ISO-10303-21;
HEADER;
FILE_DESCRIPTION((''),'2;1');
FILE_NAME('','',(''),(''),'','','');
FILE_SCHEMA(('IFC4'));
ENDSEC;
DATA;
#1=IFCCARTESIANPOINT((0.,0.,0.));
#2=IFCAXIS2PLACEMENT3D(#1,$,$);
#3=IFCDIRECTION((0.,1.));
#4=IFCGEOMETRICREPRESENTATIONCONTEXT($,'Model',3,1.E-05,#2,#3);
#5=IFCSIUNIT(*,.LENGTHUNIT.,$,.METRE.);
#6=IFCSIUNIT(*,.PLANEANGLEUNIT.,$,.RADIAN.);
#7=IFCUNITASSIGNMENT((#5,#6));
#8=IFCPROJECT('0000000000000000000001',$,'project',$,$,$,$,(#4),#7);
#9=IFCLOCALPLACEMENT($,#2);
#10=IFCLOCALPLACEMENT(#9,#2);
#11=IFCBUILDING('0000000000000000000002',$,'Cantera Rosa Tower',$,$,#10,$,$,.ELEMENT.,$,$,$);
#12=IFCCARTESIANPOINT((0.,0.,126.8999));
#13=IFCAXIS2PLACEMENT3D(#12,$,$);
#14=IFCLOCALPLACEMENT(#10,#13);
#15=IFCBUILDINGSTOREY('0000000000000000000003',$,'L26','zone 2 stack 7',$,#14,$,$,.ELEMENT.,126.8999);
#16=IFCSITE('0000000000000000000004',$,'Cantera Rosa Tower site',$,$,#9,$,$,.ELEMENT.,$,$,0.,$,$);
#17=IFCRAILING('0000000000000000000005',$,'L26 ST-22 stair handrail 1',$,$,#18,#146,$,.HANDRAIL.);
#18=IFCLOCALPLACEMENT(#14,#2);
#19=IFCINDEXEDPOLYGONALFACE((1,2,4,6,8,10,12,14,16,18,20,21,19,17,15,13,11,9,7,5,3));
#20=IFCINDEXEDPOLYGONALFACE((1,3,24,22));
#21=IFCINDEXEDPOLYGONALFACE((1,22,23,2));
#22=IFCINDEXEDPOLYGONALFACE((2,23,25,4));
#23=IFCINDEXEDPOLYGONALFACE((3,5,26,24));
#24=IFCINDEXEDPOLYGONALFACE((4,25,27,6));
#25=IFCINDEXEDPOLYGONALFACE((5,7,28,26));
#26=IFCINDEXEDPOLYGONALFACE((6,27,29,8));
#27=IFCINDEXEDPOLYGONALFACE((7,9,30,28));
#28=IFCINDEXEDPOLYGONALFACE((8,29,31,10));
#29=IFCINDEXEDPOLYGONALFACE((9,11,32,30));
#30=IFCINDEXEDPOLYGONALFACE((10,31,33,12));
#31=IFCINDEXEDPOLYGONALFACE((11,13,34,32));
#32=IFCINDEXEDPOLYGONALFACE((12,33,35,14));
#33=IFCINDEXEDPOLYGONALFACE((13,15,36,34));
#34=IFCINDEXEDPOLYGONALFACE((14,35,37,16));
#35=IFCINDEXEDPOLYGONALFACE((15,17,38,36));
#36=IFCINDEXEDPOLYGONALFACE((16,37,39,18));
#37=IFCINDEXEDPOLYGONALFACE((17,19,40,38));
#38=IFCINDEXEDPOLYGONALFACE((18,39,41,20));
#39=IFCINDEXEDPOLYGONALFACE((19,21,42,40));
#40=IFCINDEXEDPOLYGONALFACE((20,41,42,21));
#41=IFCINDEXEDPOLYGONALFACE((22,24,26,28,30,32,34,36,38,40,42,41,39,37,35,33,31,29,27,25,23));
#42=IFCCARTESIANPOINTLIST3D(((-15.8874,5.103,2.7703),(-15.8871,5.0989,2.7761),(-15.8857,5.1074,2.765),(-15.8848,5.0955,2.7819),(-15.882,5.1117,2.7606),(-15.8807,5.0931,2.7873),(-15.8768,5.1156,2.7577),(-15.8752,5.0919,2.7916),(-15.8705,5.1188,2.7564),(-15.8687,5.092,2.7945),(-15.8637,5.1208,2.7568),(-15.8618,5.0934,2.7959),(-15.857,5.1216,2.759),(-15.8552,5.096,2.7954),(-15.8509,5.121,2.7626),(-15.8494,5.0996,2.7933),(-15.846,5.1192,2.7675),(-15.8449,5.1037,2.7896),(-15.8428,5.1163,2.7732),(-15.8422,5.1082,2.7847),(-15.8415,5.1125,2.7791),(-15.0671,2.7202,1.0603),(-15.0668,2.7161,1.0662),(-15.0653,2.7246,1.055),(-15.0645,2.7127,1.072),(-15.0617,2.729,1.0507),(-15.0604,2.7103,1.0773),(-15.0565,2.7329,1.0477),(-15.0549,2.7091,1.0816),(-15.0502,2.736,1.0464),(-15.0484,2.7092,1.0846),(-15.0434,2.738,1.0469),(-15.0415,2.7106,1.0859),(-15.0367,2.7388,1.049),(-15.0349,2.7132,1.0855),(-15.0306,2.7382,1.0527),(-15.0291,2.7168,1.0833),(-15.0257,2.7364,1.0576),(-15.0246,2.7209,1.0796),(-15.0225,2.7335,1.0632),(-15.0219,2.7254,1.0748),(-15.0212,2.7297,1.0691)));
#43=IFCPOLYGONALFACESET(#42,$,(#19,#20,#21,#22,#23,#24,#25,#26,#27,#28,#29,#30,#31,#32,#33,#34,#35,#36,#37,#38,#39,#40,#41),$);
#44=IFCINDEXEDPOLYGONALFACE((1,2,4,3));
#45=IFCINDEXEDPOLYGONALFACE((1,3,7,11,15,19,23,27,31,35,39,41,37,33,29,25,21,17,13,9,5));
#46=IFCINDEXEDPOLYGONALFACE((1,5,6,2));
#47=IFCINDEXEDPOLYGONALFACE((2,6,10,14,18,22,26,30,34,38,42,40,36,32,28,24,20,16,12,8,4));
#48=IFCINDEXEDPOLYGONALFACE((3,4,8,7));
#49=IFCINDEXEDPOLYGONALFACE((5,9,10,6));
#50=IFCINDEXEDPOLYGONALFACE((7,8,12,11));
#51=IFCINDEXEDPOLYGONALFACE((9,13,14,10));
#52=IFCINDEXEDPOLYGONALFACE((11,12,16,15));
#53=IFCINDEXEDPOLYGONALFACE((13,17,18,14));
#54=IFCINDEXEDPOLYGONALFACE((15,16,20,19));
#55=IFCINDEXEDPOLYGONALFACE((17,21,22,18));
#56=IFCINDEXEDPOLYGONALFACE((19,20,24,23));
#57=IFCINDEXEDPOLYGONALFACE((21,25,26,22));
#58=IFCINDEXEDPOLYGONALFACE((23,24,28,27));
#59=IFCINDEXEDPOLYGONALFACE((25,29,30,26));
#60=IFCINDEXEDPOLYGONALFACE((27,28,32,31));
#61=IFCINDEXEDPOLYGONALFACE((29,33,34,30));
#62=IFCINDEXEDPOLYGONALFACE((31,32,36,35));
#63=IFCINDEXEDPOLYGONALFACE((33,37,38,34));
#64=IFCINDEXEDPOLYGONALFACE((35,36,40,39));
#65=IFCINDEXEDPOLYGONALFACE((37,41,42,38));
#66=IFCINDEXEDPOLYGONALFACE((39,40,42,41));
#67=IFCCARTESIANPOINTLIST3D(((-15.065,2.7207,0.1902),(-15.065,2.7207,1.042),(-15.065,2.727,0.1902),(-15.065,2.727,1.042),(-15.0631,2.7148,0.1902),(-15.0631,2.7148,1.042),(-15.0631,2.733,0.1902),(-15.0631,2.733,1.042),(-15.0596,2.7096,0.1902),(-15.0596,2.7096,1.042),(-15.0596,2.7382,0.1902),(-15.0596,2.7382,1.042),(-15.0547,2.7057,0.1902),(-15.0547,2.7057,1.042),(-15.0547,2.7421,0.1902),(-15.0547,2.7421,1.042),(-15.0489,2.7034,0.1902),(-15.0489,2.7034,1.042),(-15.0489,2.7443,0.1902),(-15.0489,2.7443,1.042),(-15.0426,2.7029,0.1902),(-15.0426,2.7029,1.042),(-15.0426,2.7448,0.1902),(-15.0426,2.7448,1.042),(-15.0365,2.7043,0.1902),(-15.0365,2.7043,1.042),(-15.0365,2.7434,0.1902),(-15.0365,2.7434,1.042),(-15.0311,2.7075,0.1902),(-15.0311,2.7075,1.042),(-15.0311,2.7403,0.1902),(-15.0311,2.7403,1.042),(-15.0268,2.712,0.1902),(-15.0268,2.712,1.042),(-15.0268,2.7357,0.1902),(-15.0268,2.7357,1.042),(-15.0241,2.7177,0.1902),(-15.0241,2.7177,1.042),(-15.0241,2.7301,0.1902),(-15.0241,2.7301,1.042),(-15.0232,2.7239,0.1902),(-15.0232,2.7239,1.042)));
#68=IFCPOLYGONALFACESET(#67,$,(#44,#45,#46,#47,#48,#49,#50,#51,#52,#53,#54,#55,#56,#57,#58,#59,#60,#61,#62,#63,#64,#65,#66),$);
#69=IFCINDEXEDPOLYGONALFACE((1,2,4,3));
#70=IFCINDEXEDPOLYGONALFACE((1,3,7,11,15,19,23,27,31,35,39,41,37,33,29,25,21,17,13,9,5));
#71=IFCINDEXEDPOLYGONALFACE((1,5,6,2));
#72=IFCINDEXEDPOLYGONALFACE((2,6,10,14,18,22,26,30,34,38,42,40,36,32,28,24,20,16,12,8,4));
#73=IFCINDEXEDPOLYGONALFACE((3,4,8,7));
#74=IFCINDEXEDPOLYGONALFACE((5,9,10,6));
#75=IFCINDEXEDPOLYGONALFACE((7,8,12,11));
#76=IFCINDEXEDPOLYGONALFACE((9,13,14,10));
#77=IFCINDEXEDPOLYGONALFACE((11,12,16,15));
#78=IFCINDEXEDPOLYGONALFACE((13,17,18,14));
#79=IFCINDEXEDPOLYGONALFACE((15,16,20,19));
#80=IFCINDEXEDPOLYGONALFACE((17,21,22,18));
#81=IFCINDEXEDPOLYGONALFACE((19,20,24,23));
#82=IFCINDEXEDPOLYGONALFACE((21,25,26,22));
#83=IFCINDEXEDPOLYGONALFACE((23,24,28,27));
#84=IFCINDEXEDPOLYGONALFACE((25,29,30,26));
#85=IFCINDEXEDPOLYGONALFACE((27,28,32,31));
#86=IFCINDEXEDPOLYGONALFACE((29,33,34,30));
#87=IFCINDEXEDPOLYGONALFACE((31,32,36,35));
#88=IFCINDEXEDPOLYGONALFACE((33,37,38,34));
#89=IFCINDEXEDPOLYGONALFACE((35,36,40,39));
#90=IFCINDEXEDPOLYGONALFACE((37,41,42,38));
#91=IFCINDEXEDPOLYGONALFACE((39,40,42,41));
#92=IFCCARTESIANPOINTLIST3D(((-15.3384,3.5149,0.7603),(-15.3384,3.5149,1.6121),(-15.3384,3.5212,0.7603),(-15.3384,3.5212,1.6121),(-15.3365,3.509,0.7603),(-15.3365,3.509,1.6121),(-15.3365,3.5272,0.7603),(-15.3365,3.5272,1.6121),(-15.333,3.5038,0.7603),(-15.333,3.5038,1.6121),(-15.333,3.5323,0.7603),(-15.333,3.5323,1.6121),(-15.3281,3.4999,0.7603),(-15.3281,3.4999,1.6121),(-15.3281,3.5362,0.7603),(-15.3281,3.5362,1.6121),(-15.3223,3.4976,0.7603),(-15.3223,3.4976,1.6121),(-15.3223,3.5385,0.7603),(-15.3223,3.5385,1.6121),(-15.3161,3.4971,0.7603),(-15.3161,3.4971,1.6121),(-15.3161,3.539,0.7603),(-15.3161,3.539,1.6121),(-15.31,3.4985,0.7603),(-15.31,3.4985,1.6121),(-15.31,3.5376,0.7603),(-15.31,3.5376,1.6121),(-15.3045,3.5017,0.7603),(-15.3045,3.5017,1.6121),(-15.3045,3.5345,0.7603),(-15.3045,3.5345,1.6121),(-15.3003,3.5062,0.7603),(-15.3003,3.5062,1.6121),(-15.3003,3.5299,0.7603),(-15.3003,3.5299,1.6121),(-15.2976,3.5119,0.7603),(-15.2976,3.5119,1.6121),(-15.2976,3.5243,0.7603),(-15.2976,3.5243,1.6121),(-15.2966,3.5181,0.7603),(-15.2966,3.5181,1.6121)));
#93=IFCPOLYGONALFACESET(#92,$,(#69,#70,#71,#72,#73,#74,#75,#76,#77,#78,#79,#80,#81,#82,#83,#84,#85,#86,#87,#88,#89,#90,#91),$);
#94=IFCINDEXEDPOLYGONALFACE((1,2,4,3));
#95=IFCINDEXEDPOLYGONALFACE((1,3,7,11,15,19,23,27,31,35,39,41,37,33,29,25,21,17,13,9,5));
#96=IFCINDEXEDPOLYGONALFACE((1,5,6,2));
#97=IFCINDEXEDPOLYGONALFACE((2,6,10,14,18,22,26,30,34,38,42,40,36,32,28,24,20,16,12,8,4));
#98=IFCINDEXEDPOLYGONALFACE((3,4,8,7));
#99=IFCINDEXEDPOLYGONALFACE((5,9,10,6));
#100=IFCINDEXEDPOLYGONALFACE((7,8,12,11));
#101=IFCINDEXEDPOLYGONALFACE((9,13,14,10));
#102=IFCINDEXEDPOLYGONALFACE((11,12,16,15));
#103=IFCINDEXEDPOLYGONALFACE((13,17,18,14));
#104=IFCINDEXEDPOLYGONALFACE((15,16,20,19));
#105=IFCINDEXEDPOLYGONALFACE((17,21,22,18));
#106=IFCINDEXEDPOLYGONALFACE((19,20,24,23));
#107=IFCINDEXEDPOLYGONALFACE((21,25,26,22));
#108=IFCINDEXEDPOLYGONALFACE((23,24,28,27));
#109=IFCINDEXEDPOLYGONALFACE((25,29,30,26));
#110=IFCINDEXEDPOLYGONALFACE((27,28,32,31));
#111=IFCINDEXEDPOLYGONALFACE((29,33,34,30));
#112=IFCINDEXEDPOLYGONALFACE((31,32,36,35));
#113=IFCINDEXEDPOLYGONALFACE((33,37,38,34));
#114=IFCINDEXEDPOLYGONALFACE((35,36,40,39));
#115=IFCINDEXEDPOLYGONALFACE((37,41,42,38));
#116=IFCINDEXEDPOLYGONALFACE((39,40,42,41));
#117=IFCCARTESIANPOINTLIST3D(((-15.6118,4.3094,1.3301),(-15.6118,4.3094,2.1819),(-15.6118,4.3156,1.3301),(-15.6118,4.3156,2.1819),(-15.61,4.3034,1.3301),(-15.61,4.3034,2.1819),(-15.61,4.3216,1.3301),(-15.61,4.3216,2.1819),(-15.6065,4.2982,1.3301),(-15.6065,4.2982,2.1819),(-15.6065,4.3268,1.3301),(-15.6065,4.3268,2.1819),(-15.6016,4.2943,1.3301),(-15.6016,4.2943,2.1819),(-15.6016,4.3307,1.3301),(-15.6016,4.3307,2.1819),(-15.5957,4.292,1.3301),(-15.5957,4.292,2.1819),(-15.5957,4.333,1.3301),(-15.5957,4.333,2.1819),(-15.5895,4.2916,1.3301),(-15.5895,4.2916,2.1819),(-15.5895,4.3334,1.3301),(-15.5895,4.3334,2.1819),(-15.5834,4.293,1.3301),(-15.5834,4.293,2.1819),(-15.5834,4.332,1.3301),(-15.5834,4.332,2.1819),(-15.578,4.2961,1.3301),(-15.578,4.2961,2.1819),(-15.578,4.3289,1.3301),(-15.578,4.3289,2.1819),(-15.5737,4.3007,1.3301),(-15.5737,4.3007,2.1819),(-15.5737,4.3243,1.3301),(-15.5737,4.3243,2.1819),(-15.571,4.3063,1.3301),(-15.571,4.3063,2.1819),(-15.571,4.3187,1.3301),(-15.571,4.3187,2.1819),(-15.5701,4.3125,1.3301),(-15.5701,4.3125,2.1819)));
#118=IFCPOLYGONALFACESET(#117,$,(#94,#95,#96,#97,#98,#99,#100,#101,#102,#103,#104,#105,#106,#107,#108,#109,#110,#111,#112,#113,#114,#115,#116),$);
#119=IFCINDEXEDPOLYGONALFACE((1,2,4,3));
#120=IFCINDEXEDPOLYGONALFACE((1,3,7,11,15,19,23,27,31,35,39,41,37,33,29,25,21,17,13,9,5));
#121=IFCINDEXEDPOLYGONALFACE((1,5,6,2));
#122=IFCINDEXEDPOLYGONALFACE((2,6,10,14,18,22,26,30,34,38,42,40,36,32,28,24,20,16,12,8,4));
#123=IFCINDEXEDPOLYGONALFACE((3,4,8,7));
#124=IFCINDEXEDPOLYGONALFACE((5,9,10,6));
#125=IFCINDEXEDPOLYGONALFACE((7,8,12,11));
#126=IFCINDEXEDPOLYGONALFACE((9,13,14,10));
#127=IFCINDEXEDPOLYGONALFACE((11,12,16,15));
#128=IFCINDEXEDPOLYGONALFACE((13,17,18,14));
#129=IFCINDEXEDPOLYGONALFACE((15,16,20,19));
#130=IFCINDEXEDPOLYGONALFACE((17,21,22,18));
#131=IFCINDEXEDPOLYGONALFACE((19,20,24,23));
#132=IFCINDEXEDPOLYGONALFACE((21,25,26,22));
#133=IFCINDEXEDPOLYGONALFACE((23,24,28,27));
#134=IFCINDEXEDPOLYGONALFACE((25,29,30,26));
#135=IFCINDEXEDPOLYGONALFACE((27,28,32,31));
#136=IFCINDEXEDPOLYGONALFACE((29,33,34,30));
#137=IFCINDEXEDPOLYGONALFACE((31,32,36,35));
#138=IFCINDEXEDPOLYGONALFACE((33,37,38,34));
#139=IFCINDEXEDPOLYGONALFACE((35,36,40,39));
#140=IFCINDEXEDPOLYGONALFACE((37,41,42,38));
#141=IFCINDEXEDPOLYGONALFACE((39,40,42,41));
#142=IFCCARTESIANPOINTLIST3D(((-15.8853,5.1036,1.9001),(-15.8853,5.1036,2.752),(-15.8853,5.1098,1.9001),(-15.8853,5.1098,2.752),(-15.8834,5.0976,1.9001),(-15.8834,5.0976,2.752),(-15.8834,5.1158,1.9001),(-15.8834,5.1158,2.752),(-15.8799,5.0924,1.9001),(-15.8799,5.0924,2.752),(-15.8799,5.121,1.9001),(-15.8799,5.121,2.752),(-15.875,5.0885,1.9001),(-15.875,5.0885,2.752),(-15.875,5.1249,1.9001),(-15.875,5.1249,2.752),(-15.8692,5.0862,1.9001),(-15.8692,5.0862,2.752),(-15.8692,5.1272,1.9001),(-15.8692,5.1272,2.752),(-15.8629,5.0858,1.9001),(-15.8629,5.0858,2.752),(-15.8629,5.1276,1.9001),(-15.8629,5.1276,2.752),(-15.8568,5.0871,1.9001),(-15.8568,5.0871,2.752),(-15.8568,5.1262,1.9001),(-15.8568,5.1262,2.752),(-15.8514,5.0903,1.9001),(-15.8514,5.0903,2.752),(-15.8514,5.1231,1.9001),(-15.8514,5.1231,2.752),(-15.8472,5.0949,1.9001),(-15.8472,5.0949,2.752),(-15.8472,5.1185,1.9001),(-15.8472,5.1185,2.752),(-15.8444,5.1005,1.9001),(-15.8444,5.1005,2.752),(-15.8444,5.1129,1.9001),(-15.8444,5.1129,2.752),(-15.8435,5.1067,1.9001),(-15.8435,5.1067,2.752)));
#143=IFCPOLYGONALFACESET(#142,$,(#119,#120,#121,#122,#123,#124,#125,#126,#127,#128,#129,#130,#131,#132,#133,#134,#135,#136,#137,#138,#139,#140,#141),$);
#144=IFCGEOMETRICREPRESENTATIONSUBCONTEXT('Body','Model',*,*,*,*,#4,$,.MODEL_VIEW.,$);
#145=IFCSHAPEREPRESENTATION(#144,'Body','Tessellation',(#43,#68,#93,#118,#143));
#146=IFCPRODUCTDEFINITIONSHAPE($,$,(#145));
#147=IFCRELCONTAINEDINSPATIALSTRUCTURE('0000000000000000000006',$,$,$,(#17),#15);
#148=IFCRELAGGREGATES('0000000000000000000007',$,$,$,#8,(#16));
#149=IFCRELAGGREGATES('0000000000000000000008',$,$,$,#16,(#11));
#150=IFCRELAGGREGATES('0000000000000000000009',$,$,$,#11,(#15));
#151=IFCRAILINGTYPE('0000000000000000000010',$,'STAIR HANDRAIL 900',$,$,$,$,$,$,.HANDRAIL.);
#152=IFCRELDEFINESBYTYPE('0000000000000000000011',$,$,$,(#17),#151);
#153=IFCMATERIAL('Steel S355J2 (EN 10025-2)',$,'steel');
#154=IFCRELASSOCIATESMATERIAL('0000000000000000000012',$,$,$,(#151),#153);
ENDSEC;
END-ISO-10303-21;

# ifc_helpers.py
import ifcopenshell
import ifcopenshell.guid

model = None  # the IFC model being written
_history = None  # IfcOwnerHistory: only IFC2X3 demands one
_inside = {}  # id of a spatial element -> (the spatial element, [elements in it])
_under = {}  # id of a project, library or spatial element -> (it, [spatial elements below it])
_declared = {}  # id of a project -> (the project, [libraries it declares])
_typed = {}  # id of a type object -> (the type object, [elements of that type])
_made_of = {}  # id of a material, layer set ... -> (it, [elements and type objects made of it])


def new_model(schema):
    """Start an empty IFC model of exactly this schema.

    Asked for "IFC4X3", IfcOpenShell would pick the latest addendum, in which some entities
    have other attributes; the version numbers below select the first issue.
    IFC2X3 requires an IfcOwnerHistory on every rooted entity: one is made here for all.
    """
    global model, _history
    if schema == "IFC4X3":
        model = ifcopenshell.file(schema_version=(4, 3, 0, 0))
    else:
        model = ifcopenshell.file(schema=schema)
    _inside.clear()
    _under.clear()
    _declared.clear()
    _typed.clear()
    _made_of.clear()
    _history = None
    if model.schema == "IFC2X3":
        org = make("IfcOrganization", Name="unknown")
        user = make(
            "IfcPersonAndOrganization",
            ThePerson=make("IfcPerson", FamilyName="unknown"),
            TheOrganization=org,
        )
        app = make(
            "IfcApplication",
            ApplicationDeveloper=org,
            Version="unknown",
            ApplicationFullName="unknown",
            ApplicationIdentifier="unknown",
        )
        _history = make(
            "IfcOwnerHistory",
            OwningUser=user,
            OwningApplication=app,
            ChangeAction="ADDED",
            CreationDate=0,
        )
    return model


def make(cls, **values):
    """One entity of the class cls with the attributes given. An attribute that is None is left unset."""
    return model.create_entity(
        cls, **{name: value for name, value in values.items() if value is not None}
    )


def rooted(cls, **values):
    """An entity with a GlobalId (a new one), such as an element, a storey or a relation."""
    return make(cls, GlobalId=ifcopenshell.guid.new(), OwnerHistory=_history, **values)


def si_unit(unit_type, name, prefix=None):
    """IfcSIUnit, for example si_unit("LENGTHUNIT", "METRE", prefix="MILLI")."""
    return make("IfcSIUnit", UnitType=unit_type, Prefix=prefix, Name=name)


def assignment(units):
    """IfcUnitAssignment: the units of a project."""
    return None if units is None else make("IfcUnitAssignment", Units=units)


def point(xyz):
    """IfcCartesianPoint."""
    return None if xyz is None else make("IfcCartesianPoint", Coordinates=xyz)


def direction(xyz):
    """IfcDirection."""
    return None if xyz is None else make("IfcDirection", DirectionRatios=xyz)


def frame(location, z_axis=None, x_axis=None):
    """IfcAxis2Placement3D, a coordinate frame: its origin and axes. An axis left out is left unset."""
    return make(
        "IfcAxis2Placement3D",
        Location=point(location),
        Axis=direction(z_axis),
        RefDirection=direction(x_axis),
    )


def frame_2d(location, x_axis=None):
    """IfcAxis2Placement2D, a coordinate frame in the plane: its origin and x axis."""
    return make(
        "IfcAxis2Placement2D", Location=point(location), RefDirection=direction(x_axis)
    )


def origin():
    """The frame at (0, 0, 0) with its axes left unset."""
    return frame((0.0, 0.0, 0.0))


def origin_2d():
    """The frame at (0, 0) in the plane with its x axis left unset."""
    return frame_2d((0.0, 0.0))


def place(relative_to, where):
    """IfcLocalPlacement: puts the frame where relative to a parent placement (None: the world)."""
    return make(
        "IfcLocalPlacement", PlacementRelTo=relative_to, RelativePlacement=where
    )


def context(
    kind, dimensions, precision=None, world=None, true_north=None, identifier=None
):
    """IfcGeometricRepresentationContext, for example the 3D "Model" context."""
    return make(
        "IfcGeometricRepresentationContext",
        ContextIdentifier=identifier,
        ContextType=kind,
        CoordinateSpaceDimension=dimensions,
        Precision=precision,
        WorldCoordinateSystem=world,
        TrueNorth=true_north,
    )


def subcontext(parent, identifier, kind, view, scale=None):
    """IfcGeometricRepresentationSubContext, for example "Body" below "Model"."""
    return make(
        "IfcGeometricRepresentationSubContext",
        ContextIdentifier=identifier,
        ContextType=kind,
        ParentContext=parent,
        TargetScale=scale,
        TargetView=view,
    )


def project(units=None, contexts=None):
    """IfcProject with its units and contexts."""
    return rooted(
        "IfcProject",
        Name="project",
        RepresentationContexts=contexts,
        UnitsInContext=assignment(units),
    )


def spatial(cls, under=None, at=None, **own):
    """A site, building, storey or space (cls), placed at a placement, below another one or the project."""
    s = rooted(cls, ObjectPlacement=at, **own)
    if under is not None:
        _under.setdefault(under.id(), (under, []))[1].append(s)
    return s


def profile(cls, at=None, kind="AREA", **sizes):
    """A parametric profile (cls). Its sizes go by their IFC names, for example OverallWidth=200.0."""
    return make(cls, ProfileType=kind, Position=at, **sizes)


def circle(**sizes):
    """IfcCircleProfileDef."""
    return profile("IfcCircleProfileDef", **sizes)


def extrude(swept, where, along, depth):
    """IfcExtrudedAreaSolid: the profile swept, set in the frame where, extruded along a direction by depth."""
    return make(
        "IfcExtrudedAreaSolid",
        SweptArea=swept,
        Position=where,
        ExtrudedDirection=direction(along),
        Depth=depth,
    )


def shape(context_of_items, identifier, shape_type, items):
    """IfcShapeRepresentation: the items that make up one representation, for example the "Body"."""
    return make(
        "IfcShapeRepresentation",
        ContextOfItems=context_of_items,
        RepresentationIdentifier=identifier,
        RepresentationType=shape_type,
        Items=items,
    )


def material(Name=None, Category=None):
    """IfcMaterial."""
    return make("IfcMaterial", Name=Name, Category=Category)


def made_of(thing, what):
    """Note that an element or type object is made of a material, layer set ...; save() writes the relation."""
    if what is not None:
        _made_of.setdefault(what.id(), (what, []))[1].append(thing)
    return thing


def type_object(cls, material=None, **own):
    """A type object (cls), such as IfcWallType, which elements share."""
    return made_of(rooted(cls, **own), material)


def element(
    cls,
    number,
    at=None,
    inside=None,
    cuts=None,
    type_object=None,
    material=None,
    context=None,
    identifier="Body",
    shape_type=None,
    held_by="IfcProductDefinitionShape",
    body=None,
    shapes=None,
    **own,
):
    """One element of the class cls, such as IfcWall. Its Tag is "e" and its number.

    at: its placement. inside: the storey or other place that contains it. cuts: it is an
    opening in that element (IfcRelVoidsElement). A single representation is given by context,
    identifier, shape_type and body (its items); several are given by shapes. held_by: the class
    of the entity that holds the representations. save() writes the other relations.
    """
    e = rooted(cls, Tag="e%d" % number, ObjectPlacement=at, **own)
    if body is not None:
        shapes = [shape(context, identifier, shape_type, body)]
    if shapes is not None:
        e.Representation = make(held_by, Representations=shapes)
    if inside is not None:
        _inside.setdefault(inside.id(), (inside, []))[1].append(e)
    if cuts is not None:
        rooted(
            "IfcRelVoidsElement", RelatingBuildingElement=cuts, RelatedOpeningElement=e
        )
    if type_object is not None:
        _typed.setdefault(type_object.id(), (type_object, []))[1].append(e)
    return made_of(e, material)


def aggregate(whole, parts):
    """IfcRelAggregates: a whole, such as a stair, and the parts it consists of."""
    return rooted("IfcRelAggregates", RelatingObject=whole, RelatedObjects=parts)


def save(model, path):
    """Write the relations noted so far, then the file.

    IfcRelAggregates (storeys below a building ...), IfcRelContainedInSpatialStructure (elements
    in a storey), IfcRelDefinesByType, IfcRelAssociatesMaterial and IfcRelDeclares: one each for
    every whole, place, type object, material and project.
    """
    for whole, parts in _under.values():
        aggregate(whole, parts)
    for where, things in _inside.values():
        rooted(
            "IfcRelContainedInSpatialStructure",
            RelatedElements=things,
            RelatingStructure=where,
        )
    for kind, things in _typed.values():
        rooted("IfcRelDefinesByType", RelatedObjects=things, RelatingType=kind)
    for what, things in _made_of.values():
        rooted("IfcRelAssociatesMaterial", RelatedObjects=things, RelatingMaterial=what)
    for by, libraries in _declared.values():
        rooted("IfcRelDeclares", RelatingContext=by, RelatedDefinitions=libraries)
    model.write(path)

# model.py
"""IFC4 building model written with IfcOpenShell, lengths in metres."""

from ifc_helpers import new_model, si_unit, direction, frame, origin, origin_2d, place, context, subcontext, project, spatial, circle, extrude, material, type_object, element, save


model = new_model("IFC4")

# Units and contexts
model_context = context("Model", 3, precision=1e-05, world=origin(), true_north=direction((0.0, 1.0)))
body_context = subcontext(model_context, "Body", "Model", "MODEL_VIEW")
ifc_project = project(units=[si_unit("LENGTHUNIT", "METRE"), si_unit("PLANEANGLEUNIT", "RADIAN")], contexts=[model_context])

# Site, building, storey
site_placement = place(None, origin())
site = spatial("IfcSite", under=ifc_project, at=site_placement, Name="Cantera Rosa Tower site", CompositionType="ELEMENT", RefElevation=0.0)
building_placement = place(site_placement, origin())
building = spatial("IfcBuilding", under=site, at=building_placement, Name="Cantera Rosa Tower", CompositionType="ELEMENT")
storey_placement = place(building_placement, frame((0.0, 0.0, 126.8999)))
storey = spatial("IfcBuildingStorey", under=building, at=storey_placement, Name="L26", Description="zone 2 stack 7", CompositionType="ELEMENT", Elevation=126.8999)

# Railing
ifc_material_1 = material(Name="Steel S355J2 (EN 10025-2)", Category="steel")
railing_type_1 = type_object("IfcRailingType", Name="STAIR HANDRAIL 900", PredefinedType="HANDRAIL", material=ifc_material_1)
railing_1_placement = place(storey_placement, frame((-15.0442, 2.7239, 0.1902)))
element("IfcRailing", 1, at=railing_1_placement, inside=storey, type_object=railing_type_1, Name="L26 ST-22 stair handrail 1", PredefinedType="HANDRAIL", context=body_context, shape_type="SweptSolid", body=[
    extrude(circle(Radius=0.0239, at=origin_2d()), frame((0.0, 0.0, 0.876), z_axis=(-0.269358, 0.782421, 0.561483), x_axis=(-0.945538, -0.325513, 0.0)), (0.0, 0.0, 1.0), 3.0454),
    extrude(circle(Radius=0.021, at=origin_2d()), origin(), (0.0, 0.0, 1.0), 0.8518),
    extrude(circle(Radius=0.021, at=origin_2d()), frame((-0.2734, 0.7942, 0.5701)), (0.0, 0.0, 1.0), 0.8518),
    extrude(circle(Radius=0.021, at=origin_2d()), frame((-0.5469, 1.5886, 1.1399)), (0.0, 0.0, 1.0), 0.8518),
    extrude(circle(Radius=0.021, at=origin_2d()), frame((-0.8203, 2.3828, 1.71)), (0.0, 0.0, 1.0), 0.8518),
])

save(model, "model.ifc")
